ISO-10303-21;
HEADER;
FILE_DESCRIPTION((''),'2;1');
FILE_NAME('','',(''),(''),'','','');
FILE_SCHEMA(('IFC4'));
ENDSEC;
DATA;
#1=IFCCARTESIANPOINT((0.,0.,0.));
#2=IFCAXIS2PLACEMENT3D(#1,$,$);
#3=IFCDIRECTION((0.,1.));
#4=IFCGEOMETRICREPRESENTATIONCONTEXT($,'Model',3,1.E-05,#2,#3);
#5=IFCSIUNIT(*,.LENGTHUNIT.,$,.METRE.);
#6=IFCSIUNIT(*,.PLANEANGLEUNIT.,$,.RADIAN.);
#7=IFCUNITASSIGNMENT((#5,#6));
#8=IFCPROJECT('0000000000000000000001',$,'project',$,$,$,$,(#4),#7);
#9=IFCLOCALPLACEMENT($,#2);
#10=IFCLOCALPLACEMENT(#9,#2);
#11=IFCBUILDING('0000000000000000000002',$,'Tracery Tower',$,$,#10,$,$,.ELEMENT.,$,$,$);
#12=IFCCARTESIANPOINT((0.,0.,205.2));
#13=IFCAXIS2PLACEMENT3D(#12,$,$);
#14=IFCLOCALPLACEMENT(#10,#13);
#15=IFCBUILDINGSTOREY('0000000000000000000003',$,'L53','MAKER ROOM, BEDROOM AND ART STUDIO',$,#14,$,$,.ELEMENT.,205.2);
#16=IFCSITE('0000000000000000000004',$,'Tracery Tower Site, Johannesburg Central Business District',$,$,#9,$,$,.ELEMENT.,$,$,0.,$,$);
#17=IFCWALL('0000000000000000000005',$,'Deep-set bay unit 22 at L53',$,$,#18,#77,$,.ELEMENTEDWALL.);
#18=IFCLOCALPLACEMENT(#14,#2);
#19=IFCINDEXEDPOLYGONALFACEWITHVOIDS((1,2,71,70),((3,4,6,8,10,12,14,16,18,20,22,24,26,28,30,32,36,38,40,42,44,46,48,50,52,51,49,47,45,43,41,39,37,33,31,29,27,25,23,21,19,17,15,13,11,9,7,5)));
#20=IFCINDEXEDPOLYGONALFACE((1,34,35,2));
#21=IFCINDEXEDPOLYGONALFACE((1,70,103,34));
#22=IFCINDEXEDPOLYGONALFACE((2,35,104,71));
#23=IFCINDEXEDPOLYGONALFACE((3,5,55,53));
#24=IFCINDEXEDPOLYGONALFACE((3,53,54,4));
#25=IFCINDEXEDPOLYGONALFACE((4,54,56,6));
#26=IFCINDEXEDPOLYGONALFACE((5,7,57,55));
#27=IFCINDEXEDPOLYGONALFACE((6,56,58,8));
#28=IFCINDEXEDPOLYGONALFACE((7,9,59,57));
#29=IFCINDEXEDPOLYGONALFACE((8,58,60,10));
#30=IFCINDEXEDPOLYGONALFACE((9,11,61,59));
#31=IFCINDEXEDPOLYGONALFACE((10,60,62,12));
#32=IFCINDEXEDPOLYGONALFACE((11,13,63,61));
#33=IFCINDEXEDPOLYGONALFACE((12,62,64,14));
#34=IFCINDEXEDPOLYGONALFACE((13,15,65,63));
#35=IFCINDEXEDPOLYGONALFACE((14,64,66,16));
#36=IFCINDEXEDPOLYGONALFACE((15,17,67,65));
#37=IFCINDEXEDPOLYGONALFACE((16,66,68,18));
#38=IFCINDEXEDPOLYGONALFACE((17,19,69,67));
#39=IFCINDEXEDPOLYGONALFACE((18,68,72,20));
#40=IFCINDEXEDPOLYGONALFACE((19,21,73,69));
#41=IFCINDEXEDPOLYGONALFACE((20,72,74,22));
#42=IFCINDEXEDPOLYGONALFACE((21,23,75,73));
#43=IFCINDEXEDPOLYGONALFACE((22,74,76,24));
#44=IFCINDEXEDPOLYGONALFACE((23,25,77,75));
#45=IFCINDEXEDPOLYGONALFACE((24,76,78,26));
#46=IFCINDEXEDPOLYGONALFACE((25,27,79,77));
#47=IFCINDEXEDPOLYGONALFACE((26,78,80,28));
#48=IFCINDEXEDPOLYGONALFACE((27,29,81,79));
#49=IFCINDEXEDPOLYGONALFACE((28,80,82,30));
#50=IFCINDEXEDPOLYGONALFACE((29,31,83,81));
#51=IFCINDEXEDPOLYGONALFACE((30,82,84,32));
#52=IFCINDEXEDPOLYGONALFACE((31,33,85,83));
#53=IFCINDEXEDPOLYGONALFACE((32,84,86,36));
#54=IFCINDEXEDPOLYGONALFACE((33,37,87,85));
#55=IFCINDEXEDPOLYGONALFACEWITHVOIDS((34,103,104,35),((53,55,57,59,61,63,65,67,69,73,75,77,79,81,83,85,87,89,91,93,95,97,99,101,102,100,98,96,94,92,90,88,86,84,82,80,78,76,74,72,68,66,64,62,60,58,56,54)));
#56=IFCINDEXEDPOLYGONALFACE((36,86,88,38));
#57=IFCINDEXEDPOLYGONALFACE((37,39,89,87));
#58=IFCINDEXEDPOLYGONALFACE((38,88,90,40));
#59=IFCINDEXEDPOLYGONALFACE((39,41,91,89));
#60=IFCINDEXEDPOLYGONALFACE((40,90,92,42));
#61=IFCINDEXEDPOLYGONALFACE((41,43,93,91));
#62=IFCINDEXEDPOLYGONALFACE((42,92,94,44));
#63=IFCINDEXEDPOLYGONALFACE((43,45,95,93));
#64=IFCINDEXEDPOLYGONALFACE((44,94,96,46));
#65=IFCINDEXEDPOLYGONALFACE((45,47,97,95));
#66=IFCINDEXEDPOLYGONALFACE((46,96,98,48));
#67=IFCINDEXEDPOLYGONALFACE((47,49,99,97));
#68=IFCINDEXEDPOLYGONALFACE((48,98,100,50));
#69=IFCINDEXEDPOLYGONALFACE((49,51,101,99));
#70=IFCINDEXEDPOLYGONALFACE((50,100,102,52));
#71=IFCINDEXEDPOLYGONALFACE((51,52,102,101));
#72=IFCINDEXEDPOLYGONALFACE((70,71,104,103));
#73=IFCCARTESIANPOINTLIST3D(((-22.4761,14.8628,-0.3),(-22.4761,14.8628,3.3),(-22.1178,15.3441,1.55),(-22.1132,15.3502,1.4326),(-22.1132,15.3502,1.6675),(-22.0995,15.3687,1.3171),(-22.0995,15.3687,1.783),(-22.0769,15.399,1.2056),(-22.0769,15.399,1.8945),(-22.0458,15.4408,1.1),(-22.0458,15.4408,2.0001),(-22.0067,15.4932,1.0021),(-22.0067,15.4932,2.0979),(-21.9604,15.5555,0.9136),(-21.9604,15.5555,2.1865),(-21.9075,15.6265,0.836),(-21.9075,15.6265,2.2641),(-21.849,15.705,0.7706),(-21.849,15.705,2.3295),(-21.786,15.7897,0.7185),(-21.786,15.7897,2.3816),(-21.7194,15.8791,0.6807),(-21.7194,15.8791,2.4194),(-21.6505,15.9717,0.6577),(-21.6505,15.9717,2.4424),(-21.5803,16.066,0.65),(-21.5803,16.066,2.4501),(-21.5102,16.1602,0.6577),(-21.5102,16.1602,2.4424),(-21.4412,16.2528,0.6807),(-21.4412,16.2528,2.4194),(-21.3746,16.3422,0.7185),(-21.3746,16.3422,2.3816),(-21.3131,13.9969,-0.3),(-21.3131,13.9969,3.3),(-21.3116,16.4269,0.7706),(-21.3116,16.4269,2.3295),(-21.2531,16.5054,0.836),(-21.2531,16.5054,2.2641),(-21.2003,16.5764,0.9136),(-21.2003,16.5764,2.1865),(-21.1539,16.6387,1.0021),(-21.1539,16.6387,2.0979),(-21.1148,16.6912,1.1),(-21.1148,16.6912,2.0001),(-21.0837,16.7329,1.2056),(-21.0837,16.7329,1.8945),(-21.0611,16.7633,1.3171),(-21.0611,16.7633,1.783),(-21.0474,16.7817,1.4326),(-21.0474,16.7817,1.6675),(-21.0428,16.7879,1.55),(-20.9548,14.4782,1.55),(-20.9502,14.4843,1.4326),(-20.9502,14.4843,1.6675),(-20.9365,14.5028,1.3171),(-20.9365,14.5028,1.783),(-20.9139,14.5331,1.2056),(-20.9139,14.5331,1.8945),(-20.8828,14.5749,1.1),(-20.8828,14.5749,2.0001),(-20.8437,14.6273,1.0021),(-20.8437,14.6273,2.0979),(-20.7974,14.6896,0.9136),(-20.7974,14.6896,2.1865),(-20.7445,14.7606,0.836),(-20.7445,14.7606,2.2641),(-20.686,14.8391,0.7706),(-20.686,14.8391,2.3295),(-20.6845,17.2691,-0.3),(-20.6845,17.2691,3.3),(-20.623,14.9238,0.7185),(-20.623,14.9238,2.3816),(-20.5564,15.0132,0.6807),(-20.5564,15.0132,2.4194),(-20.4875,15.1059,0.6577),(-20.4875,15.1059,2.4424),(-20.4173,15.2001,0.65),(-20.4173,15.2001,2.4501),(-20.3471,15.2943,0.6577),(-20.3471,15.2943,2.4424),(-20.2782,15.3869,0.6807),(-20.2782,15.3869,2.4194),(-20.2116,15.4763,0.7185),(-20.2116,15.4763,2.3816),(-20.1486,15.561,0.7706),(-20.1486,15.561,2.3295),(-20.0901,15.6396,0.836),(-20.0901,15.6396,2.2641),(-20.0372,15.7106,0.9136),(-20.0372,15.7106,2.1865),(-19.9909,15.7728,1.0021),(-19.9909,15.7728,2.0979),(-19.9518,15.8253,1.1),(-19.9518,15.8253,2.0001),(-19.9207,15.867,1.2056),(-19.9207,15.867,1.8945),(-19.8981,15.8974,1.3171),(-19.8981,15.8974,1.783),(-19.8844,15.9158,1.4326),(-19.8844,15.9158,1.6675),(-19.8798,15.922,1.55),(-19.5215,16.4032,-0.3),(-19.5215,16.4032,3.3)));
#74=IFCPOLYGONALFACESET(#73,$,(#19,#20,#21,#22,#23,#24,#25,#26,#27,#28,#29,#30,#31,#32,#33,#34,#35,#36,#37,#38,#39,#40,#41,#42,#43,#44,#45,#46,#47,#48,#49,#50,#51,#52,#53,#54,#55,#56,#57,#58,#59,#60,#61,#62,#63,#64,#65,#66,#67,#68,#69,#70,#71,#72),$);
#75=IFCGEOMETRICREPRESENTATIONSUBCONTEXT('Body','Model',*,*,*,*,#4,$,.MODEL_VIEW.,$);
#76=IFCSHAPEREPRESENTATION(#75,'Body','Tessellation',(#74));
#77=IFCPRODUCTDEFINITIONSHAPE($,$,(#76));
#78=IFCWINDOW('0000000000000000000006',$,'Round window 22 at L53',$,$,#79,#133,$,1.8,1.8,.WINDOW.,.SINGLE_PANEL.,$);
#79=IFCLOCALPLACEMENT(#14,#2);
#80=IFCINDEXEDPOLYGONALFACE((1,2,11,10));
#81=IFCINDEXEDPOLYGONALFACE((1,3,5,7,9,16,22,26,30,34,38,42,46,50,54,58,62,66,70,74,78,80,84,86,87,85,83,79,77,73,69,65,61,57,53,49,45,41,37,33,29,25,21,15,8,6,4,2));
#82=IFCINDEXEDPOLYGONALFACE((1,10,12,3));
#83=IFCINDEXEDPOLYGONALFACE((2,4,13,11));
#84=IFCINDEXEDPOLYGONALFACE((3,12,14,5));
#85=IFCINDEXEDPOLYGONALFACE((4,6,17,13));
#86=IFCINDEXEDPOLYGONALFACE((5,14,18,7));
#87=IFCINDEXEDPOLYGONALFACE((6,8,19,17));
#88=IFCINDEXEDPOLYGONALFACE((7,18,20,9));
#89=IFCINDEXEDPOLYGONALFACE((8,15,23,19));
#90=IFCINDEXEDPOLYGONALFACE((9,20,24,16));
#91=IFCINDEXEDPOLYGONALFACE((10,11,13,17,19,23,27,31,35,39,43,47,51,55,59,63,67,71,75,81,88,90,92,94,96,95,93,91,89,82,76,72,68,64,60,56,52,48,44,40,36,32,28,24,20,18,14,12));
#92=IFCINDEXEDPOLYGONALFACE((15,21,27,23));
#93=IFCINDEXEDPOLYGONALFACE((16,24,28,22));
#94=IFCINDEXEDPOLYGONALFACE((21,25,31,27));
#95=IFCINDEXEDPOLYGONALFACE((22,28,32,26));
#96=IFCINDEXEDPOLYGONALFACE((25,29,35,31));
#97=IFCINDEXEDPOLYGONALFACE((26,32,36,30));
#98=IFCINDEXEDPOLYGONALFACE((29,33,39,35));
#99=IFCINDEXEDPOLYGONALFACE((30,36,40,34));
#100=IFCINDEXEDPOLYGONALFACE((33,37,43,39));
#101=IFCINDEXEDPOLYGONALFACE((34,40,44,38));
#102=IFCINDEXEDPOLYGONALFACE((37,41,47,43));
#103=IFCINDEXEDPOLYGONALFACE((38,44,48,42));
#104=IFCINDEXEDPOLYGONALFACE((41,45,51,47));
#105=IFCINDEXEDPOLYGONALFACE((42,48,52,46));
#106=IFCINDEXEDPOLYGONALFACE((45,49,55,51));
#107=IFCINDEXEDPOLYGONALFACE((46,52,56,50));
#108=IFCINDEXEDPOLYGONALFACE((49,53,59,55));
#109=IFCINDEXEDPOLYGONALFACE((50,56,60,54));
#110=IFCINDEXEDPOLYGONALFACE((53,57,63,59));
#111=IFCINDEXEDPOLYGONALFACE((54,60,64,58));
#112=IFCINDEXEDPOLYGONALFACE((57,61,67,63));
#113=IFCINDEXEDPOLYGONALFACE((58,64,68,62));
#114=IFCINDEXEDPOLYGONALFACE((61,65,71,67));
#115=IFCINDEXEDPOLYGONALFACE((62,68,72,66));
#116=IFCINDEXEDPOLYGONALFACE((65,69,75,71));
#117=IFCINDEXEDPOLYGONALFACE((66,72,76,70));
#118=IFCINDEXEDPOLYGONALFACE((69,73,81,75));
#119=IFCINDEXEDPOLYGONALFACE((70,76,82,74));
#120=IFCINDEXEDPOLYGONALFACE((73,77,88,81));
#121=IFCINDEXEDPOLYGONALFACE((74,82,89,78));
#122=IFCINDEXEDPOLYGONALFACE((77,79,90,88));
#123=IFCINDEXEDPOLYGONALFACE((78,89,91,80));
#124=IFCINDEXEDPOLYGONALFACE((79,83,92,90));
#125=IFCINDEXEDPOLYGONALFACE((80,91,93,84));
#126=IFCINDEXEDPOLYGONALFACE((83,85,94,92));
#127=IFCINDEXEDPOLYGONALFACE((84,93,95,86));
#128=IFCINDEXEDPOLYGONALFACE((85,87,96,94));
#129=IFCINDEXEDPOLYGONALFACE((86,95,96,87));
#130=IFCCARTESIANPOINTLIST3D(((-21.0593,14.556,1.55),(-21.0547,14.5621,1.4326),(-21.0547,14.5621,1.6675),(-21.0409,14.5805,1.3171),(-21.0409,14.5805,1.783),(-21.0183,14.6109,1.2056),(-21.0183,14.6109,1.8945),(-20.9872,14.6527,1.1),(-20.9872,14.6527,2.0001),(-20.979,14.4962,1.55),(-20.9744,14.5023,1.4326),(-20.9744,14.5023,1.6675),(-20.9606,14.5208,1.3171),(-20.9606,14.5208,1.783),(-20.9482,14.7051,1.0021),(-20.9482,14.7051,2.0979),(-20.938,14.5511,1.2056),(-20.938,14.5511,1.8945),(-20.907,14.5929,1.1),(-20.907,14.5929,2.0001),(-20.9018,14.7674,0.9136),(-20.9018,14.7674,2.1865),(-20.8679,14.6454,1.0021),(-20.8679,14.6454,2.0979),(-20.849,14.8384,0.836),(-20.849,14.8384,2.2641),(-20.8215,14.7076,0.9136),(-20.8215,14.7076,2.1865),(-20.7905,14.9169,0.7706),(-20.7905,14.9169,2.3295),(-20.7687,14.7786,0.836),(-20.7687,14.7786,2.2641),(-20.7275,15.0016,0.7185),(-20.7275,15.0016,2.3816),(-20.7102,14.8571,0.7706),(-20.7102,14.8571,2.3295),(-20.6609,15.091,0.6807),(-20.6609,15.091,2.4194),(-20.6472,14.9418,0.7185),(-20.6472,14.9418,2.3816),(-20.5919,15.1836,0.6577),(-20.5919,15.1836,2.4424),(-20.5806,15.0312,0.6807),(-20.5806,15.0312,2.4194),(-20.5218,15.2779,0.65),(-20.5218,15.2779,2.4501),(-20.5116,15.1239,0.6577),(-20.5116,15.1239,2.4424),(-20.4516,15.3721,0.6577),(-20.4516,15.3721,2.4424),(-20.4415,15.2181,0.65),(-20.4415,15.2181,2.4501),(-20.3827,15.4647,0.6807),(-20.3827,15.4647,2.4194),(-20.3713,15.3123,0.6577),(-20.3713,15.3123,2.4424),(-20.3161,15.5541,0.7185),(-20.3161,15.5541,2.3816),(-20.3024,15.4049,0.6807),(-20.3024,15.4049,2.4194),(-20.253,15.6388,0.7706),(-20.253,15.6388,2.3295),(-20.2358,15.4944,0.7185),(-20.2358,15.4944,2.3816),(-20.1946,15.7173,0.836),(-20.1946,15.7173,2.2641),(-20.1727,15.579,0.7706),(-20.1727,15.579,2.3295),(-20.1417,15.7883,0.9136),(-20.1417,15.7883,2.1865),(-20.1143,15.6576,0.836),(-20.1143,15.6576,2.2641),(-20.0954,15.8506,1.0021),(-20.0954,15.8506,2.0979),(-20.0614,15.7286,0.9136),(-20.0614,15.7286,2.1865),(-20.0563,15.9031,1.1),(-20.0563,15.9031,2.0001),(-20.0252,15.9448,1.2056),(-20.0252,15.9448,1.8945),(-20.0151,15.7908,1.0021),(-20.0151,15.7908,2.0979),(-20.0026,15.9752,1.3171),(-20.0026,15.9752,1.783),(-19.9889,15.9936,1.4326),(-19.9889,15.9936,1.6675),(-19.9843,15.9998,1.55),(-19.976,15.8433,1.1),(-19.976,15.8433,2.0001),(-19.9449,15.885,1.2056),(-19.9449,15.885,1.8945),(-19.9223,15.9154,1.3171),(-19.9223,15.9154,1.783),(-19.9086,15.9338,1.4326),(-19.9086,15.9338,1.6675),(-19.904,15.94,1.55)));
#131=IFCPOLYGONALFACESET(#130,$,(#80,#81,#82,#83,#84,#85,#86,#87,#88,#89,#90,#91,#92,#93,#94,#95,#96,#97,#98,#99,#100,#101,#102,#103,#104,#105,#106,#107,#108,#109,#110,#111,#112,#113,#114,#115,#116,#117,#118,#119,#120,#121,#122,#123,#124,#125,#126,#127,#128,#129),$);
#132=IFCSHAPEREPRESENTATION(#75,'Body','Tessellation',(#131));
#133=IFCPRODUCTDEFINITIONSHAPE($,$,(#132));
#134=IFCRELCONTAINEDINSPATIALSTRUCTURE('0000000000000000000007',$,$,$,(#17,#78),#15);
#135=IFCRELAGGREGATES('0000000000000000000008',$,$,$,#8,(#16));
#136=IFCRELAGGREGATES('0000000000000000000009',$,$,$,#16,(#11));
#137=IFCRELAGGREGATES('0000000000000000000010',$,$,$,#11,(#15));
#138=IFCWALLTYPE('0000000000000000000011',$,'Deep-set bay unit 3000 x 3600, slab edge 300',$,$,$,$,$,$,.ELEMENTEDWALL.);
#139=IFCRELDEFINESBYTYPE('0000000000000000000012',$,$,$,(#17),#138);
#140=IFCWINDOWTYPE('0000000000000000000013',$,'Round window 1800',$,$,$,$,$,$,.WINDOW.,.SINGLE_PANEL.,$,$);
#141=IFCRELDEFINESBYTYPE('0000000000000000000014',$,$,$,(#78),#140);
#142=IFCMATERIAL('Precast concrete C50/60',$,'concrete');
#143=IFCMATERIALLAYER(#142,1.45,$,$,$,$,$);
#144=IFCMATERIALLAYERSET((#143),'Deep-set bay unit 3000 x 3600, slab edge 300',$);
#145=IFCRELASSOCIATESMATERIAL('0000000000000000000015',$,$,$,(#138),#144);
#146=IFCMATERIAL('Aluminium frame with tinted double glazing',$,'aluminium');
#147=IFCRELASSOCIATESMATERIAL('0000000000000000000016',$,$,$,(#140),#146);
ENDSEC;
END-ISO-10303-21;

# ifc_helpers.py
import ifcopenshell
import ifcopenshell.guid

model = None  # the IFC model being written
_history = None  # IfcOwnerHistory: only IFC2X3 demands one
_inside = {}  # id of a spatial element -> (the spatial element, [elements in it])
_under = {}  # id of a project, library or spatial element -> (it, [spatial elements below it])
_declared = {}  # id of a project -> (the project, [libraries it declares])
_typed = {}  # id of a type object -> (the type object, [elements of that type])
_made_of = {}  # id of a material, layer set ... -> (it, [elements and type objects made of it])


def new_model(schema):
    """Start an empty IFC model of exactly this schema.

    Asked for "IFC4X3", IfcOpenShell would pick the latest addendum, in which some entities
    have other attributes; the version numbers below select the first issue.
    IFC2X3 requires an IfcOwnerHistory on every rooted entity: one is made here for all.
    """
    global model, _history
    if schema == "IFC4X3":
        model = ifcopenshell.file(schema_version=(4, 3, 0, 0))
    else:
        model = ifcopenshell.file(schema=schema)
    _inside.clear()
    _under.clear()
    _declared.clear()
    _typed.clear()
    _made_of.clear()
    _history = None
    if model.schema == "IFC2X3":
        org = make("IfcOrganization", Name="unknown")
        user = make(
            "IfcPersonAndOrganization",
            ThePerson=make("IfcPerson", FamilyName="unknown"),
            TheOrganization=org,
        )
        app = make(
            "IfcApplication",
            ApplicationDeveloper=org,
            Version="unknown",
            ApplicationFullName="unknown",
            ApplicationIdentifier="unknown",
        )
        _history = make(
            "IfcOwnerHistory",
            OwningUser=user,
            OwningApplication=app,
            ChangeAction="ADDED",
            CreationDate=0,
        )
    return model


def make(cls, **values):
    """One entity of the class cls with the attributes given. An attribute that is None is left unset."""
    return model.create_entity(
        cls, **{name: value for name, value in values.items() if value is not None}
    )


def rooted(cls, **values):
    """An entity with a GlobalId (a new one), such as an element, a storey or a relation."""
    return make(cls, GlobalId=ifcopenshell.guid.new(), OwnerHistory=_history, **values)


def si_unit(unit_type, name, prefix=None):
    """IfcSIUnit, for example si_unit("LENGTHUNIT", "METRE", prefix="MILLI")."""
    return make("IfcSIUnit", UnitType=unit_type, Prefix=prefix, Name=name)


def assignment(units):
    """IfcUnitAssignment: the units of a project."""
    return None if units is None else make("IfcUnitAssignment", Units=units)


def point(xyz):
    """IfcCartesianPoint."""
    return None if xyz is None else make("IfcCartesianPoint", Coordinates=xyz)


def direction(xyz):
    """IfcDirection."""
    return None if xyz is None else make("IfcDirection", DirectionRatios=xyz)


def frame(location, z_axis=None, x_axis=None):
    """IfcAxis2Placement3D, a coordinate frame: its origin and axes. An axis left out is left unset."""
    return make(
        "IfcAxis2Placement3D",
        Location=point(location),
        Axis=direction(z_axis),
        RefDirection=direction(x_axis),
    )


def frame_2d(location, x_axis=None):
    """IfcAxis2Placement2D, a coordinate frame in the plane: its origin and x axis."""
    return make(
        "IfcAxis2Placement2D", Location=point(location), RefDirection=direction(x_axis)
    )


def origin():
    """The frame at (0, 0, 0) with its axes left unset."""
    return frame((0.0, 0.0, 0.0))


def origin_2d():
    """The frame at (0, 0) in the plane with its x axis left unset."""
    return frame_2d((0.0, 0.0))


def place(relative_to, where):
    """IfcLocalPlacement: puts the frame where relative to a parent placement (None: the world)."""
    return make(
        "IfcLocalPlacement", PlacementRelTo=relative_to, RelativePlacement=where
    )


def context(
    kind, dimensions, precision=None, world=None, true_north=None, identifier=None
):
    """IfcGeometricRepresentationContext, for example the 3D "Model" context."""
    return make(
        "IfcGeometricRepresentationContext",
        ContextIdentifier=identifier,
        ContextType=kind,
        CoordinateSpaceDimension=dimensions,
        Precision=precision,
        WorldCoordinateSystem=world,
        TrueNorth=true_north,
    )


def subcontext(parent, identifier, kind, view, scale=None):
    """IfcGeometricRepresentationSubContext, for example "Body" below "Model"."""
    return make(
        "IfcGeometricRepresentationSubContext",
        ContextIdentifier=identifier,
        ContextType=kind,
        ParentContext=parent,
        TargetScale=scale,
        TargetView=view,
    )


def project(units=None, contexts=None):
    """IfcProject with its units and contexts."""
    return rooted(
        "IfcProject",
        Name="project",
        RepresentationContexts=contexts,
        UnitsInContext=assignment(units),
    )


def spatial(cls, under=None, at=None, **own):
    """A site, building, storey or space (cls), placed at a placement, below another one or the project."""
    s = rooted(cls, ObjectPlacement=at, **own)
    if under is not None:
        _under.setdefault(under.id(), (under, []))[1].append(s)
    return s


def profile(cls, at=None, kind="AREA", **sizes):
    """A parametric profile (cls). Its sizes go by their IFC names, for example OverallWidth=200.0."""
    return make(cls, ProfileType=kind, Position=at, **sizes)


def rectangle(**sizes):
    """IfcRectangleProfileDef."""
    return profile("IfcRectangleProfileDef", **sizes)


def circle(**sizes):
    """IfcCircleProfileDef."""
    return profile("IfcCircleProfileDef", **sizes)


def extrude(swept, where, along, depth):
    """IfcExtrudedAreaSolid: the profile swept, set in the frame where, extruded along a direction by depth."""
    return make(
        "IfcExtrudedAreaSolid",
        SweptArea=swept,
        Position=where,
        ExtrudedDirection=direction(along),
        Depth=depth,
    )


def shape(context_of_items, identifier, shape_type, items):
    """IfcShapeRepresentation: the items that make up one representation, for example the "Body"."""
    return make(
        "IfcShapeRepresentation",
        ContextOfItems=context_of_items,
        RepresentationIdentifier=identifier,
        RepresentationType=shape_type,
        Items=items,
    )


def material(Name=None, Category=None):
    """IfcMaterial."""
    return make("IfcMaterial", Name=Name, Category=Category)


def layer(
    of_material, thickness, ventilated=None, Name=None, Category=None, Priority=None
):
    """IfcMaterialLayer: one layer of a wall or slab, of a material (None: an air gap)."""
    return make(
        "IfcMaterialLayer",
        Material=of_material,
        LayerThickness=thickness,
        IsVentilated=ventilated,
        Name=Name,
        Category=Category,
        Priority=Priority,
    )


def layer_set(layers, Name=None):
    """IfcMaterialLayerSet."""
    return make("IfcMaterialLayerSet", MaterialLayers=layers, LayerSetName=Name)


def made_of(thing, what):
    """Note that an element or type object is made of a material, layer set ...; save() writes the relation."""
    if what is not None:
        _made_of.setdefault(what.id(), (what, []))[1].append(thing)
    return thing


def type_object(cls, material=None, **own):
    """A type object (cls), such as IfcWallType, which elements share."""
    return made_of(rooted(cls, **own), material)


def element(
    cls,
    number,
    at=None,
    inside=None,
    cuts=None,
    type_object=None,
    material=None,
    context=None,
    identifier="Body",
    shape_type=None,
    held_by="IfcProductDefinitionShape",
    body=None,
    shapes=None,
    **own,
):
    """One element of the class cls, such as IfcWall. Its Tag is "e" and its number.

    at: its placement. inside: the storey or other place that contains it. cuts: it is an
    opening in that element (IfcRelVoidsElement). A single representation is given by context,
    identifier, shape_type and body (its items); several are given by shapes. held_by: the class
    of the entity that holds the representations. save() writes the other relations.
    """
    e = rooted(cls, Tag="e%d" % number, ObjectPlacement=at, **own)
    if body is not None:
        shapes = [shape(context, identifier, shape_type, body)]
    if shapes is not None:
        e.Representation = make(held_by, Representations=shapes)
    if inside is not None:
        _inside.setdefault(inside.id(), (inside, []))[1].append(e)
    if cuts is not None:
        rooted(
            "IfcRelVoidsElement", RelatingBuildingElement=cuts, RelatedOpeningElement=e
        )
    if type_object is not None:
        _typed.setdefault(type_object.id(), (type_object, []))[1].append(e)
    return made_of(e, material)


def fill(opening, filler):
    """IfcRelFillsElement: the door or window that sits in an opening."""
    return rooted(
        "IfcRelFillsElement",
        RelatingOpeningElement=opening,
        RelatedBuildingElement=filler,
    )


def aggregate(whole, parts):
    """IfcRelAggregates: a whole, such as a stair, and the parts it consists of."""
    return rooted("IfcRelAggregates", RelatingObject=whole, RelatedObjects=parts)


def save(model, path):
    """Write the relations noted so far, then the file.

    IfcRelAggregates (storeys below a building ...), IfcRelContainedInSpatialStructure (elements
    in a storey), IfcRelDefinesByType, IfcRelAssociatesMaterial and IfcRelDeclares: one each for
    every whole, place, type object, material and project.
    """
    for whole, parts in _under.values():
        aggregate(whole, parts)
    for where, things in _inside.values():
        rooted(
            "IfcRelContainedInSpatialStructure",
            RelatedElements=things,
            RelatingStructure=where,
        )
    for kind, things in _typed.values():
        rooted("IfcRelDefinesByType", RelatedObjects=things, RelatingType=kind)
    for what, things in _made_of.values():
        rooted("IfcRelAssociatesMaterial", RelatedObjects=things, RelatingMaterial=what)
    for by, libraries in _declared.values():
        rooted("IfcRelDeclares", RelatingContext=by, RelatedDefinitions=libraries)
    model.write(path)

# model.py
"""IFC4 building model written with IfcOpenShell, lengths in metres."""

from ifc_helpers import new_model, si_unit, direction, frame, frame_2d, origin, origin_2d, place, context, subcontext, project, spatial, rectangle, circle, extrude, material, layer, layer_set, type_object, element, fill, save


model = new_model("IFC4")

# Units and contexts
model_context = context("Model", 3, precision=1e-05, world=origin(), true_north=direction((0.0, 1.0)))
body_context = subcontext(model_context, "Body", "Model", "MODEL_VIEW")
ifc_project = project(units=[si_unit("LENGTHUNIT", "METRE"), si_unit("PLANEANGLEUNIT", "RADIAN")], contexts=[model_context])

# Site, building, storey
site_placement = place(None, origin())
site = spatial("IfcSite", under=ifc_project, at=site_placement, Name="Tracery Tower Site, Johannesburg Central Business District", CompositionType="ELEMENT", RefElevation=0.0)
building_placement = place(site_placement, origin())
building = spatial("IfcBuilding", under=site, at=building_placement, Name="Tracery Tower", CompositionType="ELEMENT")
storey_placement = place(building_placement, frame((0.0, 0.0, 205.2)))
storey = spatial("IfcBuildingStorey", under=building, at=storey_placement, Name="L53", Description="MAKER ROOM, BEDROOM AND ART STUDIO", CompositionType="ELEMENT", Elevation=205.2)

# Wall, opening, window
ifc_material_1 = material(Name="Precast concrete C50/60", Category="concrete")
ifc_layer_1 = layer(ifc_material_1, 1.45)
ifc_layer_set_1 = layer_set([ifc_layer_1], Name="Deep-set bay unit 3000 x 3600, slab edge 300")
wall_type_1 = type_object("IfcWallType", Name="Deep-set bay unit 3000 x 3600, slab edge 300", PredefinedType="ELEMENTEDWALL", material=ifc_layer_set_1)
ifc_material_2 = material(Name="Aluminium frame with tinted double glazing", Category="aluminium")
window_type = type_object("IfcWindowType", Name="Round window 1800", PartitioningType="SINGLE_PANEL", PredefinedType="WINDOW", material=ifc_material_2)
wall_1_placement = place(storey_placement, frame((-20.103, 16.8362, -0.3), z_axis=(0.0, 0.0, 1.0), x_axis=(-0.597184, -0.802104, 0.0)))
wall_1 = element("IfcWall", 1, at=wall_1_placement, inside=storey, type_object=wall_type_1, Name="Deep-set bay unit 22 at L53", PredefinedType="ELEMENTEDWALL", context=body_context, shape_type="SweptSolid", body=[
    extrude(rectangle(XDim=3.0, YDim=1.45, at=frame_2d((1.5, 0.0))), origin(), (0.0, 0.0, 1.0), 3.6001),
])
opening_1_placement = place(wall_1_placement, frame((1.5, 0.0, 1.8501)))
opening_1 = element("IfcOpeningElement", 2, at=opening_1_placement, cuts=wall_1, PredefinedType="OPENING", context=body_context, shape_type="SweptSolid", body=[
    extrude(circle(Radius=0.9, at=origin_2d()), frame((0.0, 0.7349, 0.0), z_axis=(0.0, -1.0, 0.0), x_axis=(1.0, 0.0, 0.0)), (0.0, 0.0, 1.0), 1.47),
])
window_1_placement = place(opening_1_placement, origin())
window_1 = element("IfcWindow", 3, at=window_1_placement, inside=storey, type_object=window_type, Name="Round window 22 at L53", OverallHeight=1.8, OverallWidth=1.8, PartitioningType="SINGLE_PANEL", PredefinedType="WINDOW", context=body_context, shape_type="SweptSolid", body=[
    extrude(circle(Radius=0.9, at=origin_2d()), frame((0.0, 0.6948, 0.0), z_axis=(0.0, -1.0, 0.0), x_axis=(1.0, 0.0, 0.0)), (0.0, 0.0, 1.0), 0.1001),
])
fill(opening_1, window_1)

save(model, "model.ifc")
